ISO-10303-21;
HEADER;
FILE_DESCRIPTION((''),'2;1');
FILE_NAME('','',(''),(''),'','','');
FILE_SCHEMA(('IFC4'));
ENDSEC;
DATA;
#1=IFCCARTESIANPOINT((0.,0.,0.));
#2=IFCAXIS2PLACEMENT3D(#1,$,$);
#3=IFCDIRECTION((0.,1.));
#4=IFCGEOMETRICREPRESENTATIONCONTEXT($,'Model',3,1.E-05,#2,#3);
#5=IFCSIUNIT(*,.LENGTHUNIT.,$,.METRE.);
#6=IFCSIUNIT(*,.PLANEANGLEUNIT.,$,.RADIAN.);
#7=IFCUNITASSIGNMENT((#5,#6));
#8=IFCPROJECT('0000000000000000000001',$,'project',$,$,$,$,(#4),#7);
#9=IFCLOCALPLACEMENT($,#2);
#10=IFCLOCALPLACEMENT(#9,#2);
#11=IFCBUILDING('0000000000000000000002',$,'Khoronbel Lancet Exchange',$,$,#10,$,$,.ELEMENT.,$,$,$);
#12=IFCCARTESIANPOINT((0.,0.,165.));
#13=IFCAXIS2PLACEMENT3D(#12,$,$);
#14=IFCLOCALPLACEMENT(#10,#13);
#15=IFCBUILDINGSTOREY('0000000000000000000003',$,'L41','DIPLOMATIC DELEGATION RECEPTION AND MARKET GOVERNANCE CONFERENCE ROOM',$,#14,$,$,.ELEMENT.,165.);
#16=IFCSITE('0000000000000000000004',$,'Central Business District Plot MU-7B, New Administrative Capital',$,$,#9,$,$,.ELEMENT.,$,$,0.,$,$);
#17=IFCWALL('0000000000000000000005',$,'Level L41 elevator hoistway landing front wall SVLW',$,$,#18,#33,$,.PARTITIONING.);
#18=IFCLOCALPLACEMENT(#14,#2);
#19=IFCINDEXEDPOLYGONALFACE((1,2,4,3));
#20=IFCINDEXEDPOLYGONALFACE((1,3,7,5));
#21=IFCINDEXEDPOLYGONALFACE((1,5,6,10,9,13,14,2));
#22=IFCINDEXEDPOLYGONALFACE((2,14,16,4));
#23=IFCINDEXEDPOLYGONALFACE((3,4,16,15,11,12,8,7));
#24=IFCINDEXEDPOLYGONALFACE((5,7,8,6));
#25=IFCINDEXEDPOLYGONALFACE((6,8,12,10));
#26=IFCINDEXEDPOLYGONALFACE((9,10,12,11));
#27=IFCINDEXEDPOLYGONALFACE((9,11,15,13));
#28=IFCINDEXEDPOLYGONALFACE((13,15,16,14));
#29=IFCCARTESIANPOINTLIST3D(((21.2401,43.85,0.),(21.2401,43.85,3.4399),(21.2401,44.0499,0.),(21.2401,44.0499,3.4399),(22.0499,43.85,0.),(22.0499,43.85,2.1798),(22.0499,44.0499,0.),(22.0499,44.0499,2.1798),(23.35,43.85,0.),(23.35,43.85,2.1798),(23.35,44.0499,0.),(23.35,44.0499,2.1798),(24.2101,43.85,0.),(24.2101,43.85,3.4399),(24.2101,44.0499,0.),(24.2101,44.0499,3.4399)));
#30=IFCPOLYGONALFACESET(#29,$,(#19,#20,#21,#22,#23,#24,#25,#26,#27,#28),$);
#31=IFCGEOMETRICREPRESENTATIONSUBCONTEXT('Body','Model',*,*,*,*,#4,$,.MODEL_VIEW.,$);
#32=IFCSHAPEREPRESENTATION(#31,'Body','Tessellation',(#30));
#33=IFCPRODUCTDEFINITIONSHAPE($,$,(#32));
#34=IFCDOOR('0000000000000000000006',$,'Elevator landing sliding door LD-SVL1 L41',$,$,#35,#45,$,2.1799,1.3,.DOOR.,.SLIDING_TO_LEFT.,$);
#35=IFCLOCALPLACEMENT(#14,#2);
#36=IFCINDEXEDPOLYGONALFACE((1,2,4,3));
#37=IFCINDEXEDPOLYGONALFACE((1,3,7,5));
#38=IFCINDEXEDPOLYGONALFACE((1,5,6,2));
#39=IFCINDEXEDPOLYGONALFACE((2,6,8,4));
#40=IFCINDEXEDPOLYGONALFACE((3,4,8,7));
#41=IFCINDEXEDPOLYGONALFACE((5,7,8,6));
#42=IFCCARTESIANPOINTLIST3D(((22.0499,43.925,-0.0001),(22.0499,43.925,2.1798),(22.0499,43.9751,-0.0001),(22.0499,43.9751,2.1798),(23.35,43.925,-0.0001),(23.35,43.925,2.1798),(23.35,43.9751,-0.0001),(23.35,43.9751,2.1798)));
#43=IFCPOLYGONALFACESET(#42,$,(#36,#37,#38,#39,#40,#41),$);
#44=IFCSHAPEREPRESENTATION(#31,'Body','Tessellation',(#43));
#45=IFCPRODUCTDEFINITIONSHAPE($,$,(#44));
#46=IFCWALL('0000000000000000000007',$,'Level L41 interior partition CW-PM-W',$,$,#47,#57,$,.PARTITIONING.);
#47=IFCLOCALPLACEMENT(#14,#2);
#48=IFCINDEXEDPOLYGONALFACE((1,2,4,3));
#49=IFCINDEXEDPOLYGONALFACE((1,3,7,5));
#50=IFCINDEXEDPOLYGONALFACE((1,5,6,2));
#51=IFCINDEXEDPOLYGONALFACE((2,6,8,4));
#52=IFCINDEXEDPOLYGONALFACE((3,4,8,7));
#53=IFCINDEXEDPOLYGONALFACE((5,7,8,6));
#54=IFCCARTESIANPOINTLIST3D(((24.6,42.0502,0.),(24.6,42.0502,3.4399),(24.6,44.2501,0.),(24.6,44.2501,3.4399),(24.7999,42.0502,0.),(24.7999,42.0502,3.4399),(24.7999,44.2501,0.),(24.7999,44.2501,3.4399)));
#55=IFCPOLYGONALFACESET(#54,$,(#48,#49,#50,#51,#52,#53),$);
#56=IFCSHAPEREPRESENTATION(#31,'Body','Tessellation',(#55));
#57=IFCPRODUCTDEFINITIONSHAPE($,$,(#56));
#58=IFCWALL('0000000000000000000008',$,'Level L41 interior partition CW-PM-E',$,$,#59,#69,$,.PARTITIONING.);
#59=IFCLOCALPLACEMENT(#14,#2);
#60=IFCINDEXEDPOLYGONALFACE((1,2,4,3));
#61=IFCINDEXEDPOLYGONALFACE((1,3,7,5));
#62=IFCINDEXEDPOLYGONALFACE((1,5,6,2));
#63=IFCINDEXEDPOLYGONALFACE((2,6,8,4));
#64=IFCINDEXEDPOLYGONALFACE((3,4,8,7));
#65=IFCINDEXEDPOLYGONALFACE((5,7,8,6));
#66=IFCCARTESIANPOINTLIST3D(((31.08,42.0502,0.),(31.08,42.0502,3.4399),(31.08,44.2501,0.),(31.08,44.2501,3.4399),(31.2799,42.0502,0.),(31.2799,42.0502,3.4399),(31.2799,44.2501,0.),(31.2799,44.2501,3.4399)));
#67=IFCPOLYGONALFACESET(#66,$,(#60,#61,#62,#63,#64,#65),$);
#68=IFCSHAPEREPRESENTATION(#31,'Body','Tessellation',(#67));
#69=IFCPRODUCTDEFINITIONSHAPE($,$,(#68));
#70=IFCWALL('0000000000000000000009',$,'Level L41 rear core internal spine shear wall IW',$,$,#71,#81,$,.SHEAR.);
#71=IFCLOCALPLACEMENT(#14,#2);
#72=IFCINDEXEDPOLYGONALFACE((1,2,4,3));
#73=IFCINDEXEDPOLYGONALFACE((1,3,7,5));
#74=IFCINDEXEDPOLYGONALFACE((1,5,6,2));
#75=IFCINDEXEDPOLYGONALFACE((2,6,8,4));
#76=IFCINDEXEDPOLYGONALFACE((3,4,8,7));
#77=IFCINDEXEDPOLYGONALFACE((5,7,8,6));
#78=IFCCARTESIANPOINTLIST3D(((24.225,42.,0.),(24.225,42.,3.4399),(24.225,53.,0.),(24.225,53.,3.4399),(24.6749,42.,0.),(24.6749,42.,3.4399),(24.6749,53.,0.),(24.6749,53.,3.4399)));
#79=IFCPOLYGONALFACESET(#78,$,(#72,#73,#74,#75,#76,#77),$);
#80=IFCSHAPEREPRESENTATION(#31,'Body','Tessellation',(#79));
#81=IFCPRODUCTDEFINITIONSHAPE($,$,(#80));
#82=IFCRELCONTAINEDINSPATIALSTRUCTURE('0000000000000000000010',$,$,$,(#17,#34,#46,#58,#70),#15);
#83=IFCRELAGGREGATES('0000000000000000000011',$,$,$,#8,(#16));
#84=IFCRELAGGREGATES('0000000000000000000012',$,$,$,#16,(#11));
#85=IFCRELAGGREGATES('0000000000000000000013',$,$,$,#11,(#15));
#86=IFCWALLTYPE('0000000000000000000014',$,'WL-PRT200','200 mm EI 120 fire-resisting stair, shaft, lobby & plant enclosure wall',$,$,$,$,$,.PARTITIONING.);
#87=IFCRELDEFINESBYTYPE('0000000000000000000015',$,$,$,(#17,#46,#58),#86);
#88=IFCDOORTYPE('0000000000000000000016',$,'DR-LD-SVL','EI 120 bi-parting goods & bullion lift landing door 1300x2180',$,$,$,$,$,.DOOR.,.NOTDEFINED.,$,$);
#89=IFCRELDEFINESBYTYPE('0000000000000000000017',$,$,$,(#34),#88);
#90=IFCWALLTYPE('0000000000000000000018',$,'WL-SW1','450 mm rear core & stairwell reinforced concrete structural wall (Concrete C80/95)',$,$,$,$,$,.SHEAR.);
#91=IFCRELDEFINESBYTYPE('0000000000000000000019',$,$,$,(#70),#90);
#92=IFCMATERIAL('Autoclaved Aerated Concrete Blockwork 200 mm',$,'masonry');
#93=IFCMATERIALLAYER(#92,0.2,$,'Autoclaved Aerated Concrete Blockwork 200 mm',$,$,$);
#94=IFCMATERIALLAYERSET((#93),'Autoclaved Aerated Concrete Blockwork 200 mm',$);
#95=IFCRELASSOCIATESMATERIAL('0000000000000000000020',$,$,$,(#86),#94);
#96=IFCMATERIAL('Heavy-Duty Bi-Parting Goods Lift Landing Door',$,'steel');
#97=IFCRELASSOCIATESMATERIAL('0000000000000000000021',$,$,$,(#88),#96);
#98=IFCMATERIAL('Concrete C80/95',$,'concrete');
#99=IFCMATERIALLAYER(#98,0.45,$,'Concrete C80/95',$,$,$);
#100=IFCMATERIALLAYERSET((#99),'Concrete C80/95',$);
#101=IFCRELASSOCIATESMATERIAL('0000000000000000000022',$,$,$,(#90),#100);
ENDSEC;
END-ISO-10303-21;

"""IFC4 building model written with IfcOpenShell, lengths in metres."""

from ifc_helpers import new_model, si_unit, direction, frame, frame_2d, origin, place, context, subcontext, project, spatial, rectangle, extrude, material, layer, layer_set, type_object, element, fill, save


model = new_model("IFC4")

# Units and contexts
model_context = context("Model", 3, precision=1e-05, world=origin(), true_north=direction((0.0, 1.0)))
body_context = subcontext(model_context, "Body", "Model", "MODEL_VIEW")
ifc_project = project(units=[si_unit("LENGTHUNIT", "METRE"), si_unit("PLANEANGLEUNIT", "RADIAN")], contexts=[model_context])

# Site, building, storey
site_placement = place(None, origin())
site = spatial("IfcSite", under=ifc_project, at=site_placement, Name="Central Business District Plot MU-7B, New Administrative Capital", CompositionType="ELEMENT", RefElevation=0.0)
building_placement = place(site_placement, origin())
building = spatial("IfcBuilding", under=site, at=building_placement, Name="Khoronbel Lancet Exchange", CompositionType="ELEMENT")
storey_placement = place(building_placement, frame((0.0, 0.0, 165.0)))
storey = spatial("IfcBuildingStorey", under=building, at=storey_placement, Name="L41", Description="DIPLOMATIC DELEGATION RECEPTION AND MARKET GOVERNANCE CONFERENCE ROOM", CompositionType="ELEMENT", Elevation=165.0)

# Shared definitions
ifc_material_1 = material(Name="Concrete C80/95", Category="concrete")

# Wall, opening, door
ifc_material_2 = material(Name="Autoclaved Aerated Concrete Blockwork 200 mm", Category="masonry")
ifc_layer_1 = layer(ifc_material_2, 0.2, Name="Autoclaved Aerated Concrete Blockwork 200 mm")
ifc_layer_set_1 = layer_set([ifc_layer_1], Name="Autoclaved Aerated Concrete Blockwork 200 mm")
wall_type_1 = type_object("IfcWallType", Name="WL-PRT200", Description="200 mm EI 120 fire-resisting stair, shaft, lobby & plant enclosure wall", PredefinedType="PARTITIONING", material=ifc_layer_set_1)
wall_1_placement = place(storey_placement, frame((24.21, 43.95, 0.0), z_axis=(0.0, 0.0, 1.0), x_axis=(-1.0, 0.0, 0.0)))
wall_1 = element("IfcWall", 1, at=wall_1_placement, inside=storey, type_object=wall_type_1, Name="Level L41 elevator hoistway landing front wall SVLW", PredefinedType="PARTITIONING", context=body_context, shape_type="SweptSolid", body=[
    extrude(rectangle(XDim=2.97, YDim=0.2, at=frame_2d((1.4849, 0.0))), origin(), (0.0, 0.0, 1.0), 3.4399),
])
opening_1_placement = place(wall_1_placement, frame((0.8601, 0.0, 0.0)))
opening_1 = element("IfcOpeningElement", 2, at=opening_1_placement, cuts=wall_1, PredefinedType="OPENING", context=body_context, shape_type="SweptSolid", body=[
    extrude(rectangle(XDim=1.3, YDim=2.1799, at=frame_2d((0.6499, 1.0898))), frame((0.0, 0.1099, 0.0), z_axis=(0.0, -1.0, 0.0), x_axis=(1.0, 0.0, 0.0)), (0.0, 0.0, 1.0), 0.22),
])
ifc_material_3 = material(Name="Heavy-Duty Bi-Parting Goods Lift Landing Door", Category="steel")
door_type_1 = type_object("IfcDoorType", Name="DR-LD-SVL", Description="EI 120 bi-parting goods & bullion lift landing door 1300x2180", OperationType="NOTDEFINED", PredefinedType="DOOR", material=ifc_material_3)
door_1_placement = place(opening_1_placement, origin())
door_1 = element("IfcDoor", 3, at=door_1_placement, inside=storey, type_object=door_type_1, Name="Elevator landing sliding door LD-SVL1 L41", OperationType="SLIDING_TO_LEFT", OverallHeight=2.1799, OverallWidth=1.3, PredefinedType="DOOR", context=body_context, shape_type="SweptSolid", body=[
    extrude(rectangle(XDim=1.3, YDim=2.1799, at=frame_2d((0.6499, 1.0898))), frame((0.0, 0.0249, 0.0), z_axis=(0.0, -1.0, 0.0), x_axis=(1.0, 0.0, 0.0)), (0.0, 0.0, 1.0), 0.05),
])
fill(opening_1, door_1)

# Walls
for number, where, z_axis, x_axis, name in (
    (4, (24.7, 42.05, 0.0), (0.0, 0.0, 1.0), (0.0, 1.0, 0.0), "Level L41 interior partition CW-PM-W"),
    (5, (31.1799, 42.05, 0.0), (0.0, 0.0, 1.0), (0.0, 1.0, 0.0), "Level L41 interior partition CW-PM-E"),
):
    element("IfcWall", number, at=place(storey_placement, frame(where, z_axis=z_axis, x_axis=x_axis)), inside=storey, type_object=wall_type_1, Name=name, PredefinedType="PARTITIONING", context=body_context, shape_type="SweptSolid", body=[
        extrude(rectangle(XDim=2.2, YDim=0.2, at=frame_2d((1.1001, 0.0))), origin(), (0.0, 0.0, 1.0), 3.4399),
    ])
ifc_layer_2 = layer(ifc_material_1, 0.45, Name="Concrete C80/95")
ifc_layer_set_2 = layer_set([ifc_layer_2], Name="Concrete C80/95")
wall_type_2 = type_object("IfcWallType", Name="WL-SW1", Description="450 mm rear core & stairwell reinforced concrete structural wall (Concrete C80/95)", PredefinedType="SHEAR", material=ifc_layer_set_2)
wall_2_placement = place(storey_placement, frame((24.45, 42.0, 0.0), z_axis=(0.0, 0.0, 1.0), x_axis=(0.0, 1.0, 0.0)))
element("IfcWall", 6, at=wall_2_placement, inside=storey, type_object=wall_type_2, Name="Level L41 rear core internal spine shear wall IW", PredefinedType="SHEAR", context=body_context, shape_type="SweptSolid", body=[
    extrude(rectangle(XDim=11.0, YDim=0.45, at=frame_2d((5.5, 0.0))), origin(), (0.0, 0.0, 1.0), 3.4399),
])

save(model, "model.ifc")
